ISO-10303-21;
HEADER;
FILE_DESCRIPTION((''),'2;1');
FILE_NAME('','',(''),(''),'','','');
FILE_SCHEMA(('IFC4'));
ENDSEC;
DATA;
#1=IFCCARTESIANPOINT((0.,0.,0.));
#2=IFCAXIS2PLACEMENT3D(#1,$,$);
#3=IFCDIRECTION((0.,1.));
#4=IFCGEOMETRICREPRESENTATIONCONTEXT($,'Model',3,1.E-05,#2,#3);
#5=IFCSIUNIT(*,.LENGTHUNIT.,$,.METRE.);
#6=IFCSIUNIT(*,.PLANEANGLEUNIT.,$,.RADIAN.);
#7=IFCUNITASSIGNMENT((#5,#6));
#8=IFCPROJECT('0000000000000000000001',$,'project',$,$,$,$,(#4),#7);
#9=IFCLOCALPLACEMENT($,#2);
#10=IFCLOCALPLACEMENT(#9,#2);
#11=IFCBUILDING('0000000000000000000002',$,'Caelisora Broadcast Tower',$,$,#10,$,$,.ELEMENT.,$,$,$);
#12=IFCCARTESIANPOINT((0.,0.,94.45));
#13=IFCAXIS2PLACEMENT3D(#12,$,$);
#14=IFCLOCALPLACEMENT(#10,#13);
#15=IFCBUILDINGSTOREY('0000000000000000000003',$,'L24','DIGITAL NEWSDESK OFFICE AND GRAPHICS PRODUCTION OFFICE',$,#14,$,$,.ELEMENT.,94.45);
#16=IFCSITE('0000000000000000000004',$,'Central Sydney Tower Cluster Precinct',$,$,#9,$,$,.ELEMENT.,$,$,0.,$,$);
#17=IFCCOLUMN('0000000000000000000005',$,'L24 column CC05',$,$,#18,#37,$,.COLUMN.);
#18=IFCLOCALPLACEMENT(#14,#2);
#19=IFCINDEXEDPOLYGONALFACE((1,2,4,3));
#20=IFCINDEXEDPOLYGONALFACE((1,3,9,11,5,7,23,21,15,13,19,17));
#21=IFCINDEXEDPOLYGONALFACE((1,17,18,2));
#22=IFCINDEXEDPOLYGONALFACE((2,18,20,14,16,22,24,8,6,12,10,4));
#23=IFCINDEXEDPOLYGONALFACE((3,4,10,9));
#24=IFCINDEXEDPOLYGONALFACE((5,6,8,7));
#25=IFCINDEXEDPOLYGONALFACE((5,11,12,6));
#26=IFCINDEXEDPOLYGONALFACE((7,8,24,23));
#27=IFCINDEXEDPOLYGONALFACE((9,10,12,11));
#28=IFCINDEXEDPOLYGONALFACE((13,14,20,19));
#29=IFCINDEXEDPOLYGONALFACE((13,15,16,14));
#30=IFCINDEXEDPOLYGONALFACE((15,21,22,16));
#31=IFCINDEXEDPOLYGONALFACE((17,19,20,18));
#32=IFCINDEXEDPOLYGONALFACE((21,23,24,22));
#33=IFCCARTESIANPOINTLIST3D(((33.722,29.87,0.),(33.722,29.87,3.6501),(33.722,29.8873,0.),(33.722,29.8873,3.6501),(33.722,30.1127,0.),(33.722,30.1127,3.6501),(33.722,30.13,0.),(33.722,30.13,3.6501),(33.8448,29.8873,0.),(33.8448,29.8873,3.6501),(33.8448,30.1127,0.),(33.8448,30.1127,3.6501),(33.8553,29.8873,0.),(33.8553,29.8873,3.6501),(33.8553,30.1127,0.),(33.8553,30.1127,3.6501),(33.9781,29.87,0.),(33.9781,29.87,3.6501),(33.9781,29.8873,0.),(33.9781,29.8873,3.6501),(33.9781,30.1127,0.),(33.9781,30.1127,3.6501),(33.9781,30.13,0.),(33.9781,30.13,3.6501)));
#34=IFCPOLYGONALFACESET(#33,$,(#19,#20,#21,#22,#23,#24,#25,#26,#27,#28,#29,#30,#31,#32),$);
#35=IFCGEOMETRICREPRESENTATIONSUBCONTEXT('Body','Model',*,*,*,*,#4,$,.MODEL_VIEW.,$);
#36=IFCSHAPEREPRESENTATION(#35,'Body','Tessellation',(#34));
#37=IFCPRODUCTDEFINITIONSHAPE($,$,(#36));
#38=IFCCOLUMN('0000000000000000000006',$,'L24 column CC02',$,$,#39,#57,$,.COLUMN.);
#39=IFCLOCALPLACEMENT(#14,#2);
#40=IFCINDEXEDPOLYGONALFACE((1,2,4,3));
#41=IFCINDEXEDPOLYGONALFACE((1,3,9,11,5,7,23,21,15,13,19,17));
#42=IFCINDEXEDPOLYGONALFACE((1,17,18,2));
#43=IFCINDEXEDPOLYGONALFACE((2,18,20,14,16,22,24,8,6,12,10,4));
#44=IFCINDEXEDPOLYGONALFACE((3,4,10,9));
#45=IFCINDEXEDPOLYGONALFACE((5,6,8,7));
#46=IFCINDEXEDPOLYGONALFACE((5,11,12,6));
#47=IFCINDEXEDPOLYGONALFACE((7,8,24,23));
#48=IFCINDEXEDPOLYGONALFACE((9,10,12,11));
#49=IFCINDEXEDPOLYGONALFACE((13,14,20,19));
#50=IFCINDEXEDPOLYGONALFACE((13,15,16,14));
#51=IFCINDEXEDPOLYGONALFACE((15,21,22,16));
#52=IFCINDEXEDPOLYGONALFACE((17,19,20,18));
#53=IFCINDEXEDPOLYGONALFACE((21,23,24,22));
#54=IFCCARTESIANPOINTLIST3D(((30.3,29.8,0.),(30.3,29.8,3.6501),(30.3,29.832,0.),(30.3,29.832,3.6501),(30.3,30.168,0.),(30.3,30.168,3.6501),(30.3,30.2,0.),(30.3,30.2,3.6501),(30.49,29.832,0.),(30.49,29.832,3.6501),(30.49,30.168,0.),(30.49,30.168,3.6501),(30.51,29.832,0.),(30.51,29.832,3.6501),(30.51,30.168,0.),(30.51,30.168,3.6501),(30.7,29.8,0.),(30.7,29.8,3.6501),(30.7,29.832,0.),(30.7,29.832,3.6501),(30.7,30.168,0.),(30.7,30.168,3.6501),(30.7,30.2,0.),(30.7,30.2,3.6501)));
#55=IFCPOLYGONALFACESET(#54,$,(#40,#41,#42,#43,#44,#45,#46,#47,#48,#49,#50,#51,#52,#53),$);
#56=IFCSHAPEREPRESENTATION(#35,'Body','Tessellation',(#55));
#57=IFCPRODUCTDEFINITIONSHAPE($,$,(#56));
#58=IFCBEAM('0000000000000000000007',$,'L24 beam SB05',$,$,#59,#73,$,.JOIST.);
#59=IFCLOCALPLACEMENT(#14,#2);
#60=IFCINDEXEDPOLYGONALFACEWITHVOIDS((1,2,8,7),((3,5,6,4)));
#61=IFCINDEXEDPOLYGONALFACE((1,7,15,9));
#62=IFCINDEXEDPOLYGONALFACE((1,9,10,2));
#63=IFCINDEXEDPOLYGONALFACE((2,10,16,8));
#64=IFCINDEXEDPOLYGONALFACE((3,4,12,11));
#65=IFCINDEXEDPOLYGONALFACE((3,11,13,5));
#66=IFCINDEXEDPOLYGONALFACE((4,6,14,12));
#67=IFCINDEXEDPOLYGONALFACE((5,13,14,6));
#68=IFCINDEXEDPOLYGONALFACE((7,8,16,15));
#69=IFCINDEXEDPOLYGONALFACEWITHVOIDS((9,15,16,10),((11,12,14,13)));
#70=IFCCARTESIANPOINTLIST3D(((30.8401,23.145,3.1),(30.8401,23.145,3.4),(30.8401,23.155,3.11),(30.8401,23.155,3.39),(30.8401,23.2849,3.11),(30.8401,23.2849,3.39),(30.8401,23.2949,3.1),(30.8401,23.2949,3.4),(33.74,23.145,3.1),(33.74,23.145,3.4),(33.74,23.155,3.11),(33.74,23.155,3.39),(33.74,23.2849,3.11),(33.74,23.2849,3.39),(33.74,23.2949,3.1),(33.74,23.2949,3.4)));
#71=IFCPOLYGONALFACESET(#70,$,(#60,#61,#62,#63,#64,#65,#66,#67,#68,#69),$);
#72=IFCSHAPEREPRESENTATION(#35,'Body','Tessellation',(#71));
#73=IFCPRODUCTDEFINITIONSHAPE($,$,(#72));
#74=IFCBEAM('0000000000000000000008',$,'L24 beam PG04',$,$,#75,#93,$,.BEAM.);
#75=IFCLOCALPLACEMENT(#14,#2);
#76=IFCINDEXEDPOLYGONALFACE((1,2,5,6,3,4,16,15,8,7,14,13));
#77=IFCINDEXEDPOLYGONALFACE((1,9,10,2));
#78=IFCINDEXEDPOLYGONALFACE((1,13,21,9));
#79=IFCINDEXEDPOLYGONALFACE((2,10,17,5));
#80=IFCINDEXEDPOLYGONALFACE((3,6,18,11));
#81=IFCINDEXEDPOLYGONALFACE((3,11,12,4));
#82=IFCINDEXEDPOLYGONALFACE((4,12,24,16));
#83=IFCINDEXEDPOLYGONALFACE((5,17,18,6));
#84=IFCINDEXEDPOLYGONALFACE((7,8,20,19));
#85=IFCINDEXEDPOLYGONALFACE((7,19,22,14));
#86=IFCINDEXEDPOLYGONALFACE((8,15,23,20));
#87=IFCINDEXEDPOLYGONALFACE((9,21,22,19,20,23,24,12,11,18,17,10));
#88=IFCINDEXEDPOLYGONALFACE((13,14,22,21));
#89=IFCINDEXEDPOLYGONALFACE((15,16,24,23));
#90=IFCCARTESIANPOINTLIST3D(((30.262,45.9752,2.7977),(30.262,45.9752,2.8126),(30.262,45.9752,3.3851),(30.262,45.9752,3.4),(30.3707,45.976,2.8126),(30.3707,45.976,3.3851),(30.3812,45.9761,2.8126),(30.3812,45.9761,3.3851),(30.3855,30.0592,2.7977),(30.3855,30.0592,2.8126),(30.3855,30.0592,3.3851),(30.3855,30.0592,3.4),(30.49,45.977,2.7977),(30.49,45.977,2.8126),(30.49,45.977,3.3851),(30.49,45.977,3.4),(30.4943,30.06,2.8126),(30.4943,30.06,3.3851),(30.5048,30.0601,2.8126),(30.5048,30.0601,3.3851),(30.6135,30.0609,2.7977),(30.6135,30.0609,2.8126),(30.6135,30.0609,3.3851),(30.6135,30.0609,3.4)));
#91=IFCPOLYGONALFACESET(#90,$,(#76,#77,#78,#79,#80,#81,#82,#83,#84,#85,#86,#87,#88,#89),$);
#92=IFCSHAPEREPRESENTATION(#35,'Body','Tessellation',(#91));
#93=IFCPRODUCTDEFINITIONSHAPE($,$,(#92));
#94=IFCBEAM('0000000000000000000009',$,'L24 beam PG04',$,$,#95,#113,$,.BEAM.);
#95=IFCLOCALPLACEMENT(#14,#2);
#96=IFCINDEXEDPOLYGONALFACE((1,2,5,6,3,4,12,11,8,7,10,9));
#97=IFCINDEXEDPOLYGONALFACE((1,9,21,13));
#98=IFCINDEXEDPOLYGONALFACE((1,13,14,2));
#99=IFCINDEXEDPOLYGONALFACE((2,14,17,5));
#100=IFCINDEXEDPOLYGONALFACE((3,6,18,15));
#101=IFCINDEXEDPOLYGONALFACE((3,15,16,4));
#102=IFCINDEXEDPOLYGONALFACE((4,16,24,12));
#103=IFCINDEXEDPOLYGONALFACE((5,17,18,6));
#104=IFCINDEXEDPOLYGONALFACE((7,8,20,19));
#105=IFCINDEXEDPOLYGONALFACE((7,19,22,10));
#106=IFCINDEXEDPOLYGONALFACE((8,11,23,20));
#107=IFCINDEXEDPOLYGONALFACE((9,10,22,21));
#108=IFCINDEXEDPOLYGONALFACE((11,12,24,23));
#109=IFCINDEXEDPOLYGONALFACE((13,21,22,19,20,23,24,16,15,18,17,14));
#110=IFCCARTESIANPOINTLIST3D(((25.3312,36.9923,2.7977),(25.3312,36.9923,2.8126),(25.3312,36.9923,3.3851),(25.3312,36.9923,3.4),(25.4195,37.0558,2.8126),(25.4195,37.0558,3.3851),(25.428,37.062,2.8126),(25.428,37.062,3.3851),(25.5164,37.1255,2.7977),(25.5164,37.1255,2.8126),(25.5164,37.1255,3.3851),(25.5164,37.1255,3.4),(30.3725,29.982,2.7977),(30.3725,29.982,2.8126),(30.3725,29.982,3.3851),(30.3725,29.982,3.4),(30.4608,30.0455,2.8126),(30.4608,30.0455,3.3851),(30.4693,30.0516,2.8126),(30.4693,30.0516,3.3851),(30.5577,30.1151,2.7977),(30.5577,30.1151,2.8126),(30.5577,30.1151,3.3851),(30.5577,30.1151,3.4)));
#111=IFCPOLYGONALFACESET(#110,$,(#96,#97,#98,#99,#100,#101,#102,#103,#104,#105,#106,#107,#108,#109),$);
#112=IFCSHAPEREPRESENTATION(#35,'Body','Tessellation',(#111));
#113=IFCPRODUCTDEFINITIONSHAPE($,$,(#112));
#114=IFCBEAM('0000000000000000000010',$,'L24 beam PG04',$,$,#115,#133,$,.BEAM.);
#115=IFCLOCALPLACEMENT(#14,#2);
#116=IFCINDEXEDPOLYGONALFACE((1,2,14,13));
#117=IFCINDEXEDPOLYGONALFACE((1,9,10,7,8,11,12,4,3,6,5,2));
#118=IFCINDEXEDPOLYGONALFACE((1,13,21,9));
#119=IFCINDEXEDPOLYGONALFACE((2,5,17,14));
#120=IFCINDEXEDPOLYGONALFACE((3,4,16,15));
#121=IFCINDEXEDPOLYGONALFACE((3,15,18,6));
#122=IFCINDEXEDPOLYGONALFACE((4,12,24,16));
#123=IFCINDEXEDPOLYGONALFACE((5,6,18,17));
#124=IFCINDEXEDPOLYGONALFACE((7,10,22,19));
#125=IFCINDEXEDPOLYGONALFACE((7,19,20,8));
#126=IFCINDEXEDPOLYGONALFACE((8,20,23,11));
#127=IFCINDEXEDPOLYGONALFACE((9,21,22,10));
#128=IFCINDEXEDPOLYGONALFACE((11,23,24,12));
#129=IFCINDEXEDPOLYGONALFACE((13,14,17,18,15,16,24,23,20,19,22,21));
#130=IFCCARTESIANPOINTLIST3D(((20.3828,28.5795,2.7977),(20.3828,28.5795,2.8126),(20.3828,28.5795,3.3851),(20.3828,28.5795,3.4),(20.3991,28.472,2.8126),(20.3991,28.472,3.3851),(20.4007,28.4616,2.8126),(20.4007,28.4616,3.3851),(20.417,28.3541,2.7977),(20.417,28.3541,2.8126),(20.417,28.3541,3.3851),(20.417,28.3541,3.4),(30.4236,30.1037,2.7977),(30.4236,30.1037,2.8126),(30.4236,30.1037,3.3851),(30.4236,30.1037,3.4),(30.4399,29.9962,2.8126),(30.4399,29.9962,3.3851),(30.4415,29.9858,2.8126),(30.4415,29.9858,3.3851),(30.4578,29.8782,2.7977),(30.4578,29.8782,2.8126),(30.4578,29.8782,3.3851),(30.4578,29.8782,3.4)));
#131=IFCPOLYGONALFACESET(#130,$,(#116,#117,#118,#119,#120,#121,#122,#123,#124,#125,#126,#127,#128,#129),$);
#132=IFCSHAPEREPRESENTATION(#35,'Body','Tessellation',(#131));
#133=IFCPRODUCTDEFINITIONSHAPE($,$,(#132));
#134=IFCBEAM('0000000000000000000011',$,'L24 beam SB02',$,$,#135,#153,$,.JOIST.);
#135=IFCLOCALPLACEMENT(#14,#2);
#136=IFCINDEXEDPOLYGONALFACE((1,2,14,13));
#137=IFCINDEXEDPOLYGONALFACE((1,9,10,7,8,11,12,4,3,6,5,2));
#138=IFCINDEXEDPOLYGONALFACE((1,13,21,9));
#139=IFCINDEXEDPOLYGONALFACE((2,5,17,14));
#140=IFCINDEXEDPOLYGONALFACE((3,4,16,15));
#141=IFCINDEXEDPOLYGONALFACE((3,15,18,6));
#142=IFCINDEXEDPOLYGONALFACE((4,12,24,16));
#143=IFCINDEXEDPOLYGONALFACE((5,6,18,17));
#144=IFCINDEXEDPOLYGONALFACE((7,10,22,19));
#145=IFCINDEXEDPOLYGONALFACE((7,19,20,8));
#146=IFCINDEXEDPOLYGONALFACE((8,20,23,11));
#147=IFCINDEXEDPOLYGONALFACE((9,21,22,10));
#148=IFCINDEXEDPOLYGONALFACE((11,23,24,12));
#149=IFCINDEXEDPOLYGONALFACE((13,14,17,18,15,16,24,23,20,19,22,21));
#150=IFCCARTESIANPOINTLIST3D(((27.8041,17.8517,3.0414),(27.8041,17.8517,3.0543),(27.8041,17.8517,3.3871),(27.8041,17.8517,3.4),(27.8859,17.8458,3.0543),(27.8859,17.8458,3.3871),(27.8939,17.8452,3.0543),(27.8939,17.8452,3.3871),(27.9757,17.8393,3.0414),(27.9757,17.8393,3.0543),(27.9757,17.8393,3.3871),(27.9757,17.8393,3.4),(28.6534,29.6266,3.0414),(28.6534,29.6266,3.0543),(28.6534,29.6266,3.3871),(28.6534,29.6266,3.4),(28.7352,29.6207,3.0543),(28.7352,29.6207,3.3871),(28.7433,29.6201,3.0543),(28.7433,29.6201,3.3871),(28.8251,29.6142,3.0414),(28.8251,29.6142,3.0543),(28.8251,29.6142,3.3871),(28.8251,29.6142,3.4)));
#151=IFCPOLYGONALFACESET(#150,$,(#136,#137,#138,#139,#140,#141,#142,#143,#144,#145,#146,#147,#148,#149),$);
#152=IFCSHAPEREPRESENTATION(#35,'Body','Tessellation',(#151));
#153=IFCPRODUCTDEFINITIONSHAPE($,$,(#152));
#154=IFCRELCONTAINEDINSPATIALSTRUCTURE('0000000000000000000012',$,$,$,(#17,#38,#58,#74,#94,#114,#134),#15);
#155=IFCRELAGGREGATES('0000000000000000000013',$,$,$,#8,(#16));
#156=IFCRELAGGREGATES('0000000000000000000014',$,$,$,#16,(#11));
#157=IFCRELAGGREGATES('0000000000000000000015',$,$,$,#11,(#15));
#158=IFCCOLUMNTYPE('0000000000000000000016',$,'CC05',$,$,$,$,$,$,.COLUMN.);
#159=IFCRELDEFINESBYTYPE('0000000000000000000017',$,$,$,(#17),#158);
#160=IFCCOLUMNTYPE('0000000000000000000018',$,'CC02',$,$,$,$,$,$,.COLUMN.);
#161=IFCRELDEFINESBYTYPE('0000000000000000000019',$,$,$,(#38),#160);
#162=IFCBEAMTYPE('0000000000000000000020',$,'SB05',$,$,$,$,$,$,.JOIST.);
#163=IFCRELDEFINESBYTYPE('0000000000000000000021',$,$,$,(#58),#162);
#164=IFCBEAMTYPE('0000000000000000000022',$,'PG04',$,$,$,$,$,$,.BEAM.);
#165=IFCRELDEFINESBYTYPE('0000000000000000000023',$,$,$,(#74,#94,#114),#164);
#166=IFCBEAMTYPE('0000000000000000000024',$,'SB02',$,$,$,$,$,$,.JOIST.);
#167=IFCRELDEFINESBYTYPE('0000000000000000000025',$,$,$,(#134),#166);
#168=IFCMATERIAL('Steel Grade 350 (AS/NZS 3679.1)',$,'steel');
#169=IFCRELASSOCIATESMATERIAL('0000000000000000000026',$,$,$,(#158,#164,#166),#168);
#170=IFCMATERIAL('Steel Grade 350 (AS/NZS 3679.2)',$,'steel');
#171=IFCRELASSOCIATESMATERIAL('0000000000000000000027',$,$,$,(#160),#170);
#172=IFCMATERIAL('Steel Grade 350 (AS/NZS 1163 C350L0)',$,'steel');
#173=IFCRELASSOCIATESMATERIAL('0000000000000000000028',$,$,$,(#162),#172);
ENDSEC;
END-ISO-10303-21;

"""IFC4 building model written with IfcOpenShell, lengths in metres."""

from ifc_helpers import new_model, si_unit, direction, frame, origin, origin_2d, place, context, subcontext, project, spatial, hollow_rectangle, i_section, extrude, source, transform, mapped, material, material_profile, profile_set, type_object, type_shapes, element, save


model = new_model("IFC4")

# Units and contexts
model_context = context("Model", 3, precision=1e-05, world=origin(), true_north=direction((0.0, 1.0)))
body_context = subcontext(model_context, "Body", "Model", "MODEL_VIEW")
ifc_project = project(units=[si_unit("LENGTHUNIT", "METRE"), si_unit("PLANEANGLEUNIT", "RADIAN")], contexts=[model_context])

# Site, building, storey
site_placement = place(None, origin())
site = spatial("IfcSite", under=ifc_project, at=site_placement, Name="Central Sydney Tower Cluster Precinct", CompositionType="ELEMENT", RefElevation=0.0)
building_placement = place(site_placement, origin())
building = spatial("IfcBuilding", under=site, at=building_placement, Name="Caelisora Broadcast Tower", CompositionType="ELEMENT")
storey_placement = place(building_placement, frame((0.0, 0.0, 94.45)))
storey = spatial("IfcBuildingStorey", under=building, at=storey_placement, Name="L24", Description="DIGITAL NEWSDESK OFFICE AND GRAPHICS PRODUCTION OFFICE", CompositionType="ELEMENT", Elevation=94.45)

# Columns
ifc_material_1 = material(Name="Steel Grade 350 (AS/NZS 3679.1)", Category="steel")
ifc_material_profile_1 = material_profile(ifc_material_1, i_section(OverallWidth=0.2561, OverallDepth=0.26, WebThickness=0.0105, FlangeThickness=0.0173, at=origin_2d()), Name="Steel Grade 350 (AS/NZS 3679.1)")
ifc_profile_set_1 = profile_set([ifc_material_profile_1], Name="Steel Grade 350 (AS/NZS 3679.1)")
column_type_1 = type_object("IfcColumnType", Name="CC05", PredefinedType="COLUMN", material=ifc_profile_set_1)
shared_shape_1 = source(origin(), body_context, "Body", "SweptSolid", [
    extrude(i_section(OverallWidth=0.2561, OverallDepth=0.26, WebThickness=0.0105, FlangeThickness=0.0173, at=origin_2d()), origin(), (0.0, 0.0, 1.0), 3.6501),
])
type_shapes(column_type_1, [shared_shape_1])
column_1_placement = place(storey_placement, frame((33.8501, 30.0, 0.0), z_axis=(0.0, 0.0, 1.0), x_axis=(1.0, 0.0, 0.0)))
element("IfcColumn", 1, at=column_1_placement, inside=storey, type_object=column_type_1, Name="L24 column CC05", PredefinedType="COLUMN", context=body_context, shape_type="MappedRepresentation", body=[
    mapped(shared_shape_1, transform((0.0, 0.0, 0.0), scale=1.0)),
])
ifc_material_2 = material(Name="Steel Grade 350 (AS/NZS 3679.2)", Category="steel")
ifc_material_profile_2 = material_profile(ifc_material_2, i_section(OverallWidth=0.3999, OverallDepth=0.3999, WebThickness=0.02, FlangeThickness=0.032, at=origin_2d()), Name="Steel Grade 350 (AS/NZS 3679.2)")
ifc_profile_set_2 = profile_set([ifc_material_profile_2], Name="Steel Grade 350 (AS/NZS 3679.2)")
column_type_2 = type_object("IfcColumnType", Name="CC02", PredefinedType="COLUMN", material=ifc_profile_set_2)
shared_shape_2 = source(origin(), body_context, "Body", "SweptSolid", [
    extrude(i_section(OverallWidth=0.3999, OverallDepth=0.3999, WebThickness=0.02, FlangeThickness=0.032, at=origin_2d()), origin(), (0.0, 0.0, 1.0), 3.6501),
])
type_shapes(column_type_2, [shared_shape_2])
column_2_placement = place(storey_placement, frame((30.5, 30.0, 0.0), z_axis=(0.0, 0.0, 1.0), x_axis=(1.0, 0.0, 0.0)))
element("IfcColumn", 2, at=column_2_placement, inside=storey, type_object=column_type_2, Name="L24 column CC02", PredefinedType="COLUMN", context=body_context, shape_type="MappedRepresentation", body=[
    mapped(shared_shape_2, transform((0.0, 0.0, 0.0), scale=1.0)),
])

# Beams
ifc_material_3 = material(Name="Steel Grade 350 (AS/NZS 1163 C350L0)", Category="steel")
ifc_material_profile_3 = material_profile(ifc_material_3, hollow_rectangle(XDim=0.1499, YDim=0.3, WallThickness=0.01, at=origin_2d()), Name="Steel Grade 350 (AS/NZS 1163 C350L0)")
ifc_profile_set_3 = profile_set([ifc_material_profile_3], Name="Steel Grade 350 (AS/NZS 1163 C350L0)")
beam_type_1 = type_object("IfcBeamType", Name="SB05", PredefinedType="JOIST", material=ifc_profile_set_3)
shared_shape_3 = source(origin(), body_context, "Body", "SweptSolid", [
    extrude(hollow_rectangle(XDim=0.1499, YDim=0.3, WallThickness=0.01, at=origin_2d()), origin(), (0.0, 0.0, 1.0), 2.8999),
])
type_shapes(beam_type_1, [shared_shape_3])
beam_1_placement = place(storey_placement, frame((30.8401, 23.22, 3.25), z_axis=(1.0, 0.0, 0.0), x_axis=(0.0, 1.0, 0.0)))
element("IfcBeam", 3, at=beam_1_placement, inside=storey, type_object=beam_type_1, Name="L24 beam SB05", PredefinedType="JOIST", context=body_context, shape_type="MappedRepresentation", body=[
    mapped(shared_shape_3, transform((0.0, 0.0, 0.0), scale=1.0)),
])
ifc_material_profile_4 = material_profile(ifc_material_1, i_section(OverallWidth=0.228, OverallDepth=0.6023, WebThickness=0.0105, FlangeThickness=0.0149, at=origin_2d()), Name="Steel Grade 350 (AS/NZS 3679.1)")
ifc_profile_set_4 = profile_set([ifc_material_profile_4], Name="Steel Grade 350 (AS/NZS 3679.1)")
beam_type_2 = type_object("IfcBeamType", Name="PG04", PredefinedType="BEAM", material=ifc_profile_set_4)
shared_shape_4 = source(origin(), body_context, "Body", "SweptSolid", [
    extrude(i_section(OverallWidth=0.228, OverallDepth=0.6023, WebThickness=0.0105, FlangeThickness=0.0149, at=origin_2d()), origin(), (0.0, 0.0, 1.0), 15.9165),
])
beam_2_placement = place(storey_placement, frame((30.4995, 30.0601, 3.0989), z_axis=(-0.007761, 0.99997, 0.0), x_axis=(-0.99997, -0.007761, 0.0)))
element("IfcBeam", 4, at=beam_2_placement, inside=storey, type_object=beam_type_2, Name="L24 beam PG04", PredefinedType="BEAM", context=body_context, shape_type="MappedRepresentation", body=[
    mapped(shared_shape_4, transform((0.0, 0.0, 0.0), scale=1.0)),
])
shared_shape_5 = source(origin(), body_context, "Body", "SweptSolid", [
    extrude(i_section(OverallWidth=0.228, OverallDepth=0.6023, WebThickness=0.0105, FlangeThickness=0.0149, at=origin_2d()), origin(), (0.0, 0.0, 1.0), 8.6348),
])
beam_3_placement = place(storey_placement, frame((30.4651, 30.0486, 3.0989), z_axis=(-0.583838, 0.81187, 0.0), x_axis=(-0.81187, -0.583838, 0.0)))
element("IfcBeam", 5, at=beam_3_placement, inside=storey, type_object=beam_type_2, Name="L24 beam PG04", PredefinedType="BEAM", context=body_context, shape_type="MappedRepresentation", body=[
    mapped(shared_shape_5, transform((0.0, 0.0, 0.0), scale=1.0)),
])
shared_shape_6 = source(origin(), body_context, "Body", "SweptSolid", [
    extrude(i_section(OverallWidth=0.228, OverallDepth=0.6023, WebThickness=0.0105, FlangeThickness=0.0149, at=origin_2d()), origin(), (0.0, 0.0, 1.0), 10.1558),
])
type_shapes(beam_type_2, [shared_shape_4, shared_shape_5, shared_shape_6])
beam_4_placement = place(storey_placement, frame((30.4407, 29.991, 3.0989), z_axis=(-0.988674, -0.150079, 0.0), x_axis=(0.150079, -0.988674, 0.0)))
element("IfcBeam", 6, at=beam_4_placement, inside=storey, type_object=beam_type_2, Name="L24 beam PG04", PredefinedType="BEAM", context=body_context, shape_type="MappedRepresentation", body=[
    mapped(shared_shape_6, transform((0.0, 0.0, 0.0), scale=1.0)),
])
ifc_material_profile_5 = material_profile(ifc_material_1, i_section(OverallWidth=0.1721, OverallDepth=0.3586, WebThickness=0.0081, FlangeThickness=0.0129, at=origin_2d()), Name="Steel Grade 350 (AS/NZS 3679.1)")
ifc_profile_set_5 = profile_set([ifc_material_profile_5], Name="Steel Grade 350 (AS/NZS 3679.1)")
beam_type_3 = type_object("IfcBeamType", Name="SB02", PredefinedType="JOIST", material=ifc_profile_set_5)
shared_shape_7 = source(origin(), body_context, "Body", "SweptSolid", [
    extrude(i_section(OverallWidth=0.1721, OverallDepth=0.3586, WebThickness=0.0081, FlangeThickness=0.0129, at=origin_2d()), origin(), (0.0, 0.0, 1.0), 11.8054),
])
beam_5_placement = place(storey_placement, frame((28.7393, 29.6204, 3.2207), z_axis=(-0.071947, -0.997408, 0.0), x_axis=(0.997408, -0.071947, 0.0)))
element("IfcBeam", 7, at=beam_5_placement, inside=storey, type_object=beam_type_3, Name="L24 beam SB02", PredefinedType="JOIST", context=body_context, shape_type="MappedRepresentation", body=[
    mapped(shared_shape_7, transform((0.0, 0.0, 0.0), scale=1.0)),
])

save(model, "model.ifc")
